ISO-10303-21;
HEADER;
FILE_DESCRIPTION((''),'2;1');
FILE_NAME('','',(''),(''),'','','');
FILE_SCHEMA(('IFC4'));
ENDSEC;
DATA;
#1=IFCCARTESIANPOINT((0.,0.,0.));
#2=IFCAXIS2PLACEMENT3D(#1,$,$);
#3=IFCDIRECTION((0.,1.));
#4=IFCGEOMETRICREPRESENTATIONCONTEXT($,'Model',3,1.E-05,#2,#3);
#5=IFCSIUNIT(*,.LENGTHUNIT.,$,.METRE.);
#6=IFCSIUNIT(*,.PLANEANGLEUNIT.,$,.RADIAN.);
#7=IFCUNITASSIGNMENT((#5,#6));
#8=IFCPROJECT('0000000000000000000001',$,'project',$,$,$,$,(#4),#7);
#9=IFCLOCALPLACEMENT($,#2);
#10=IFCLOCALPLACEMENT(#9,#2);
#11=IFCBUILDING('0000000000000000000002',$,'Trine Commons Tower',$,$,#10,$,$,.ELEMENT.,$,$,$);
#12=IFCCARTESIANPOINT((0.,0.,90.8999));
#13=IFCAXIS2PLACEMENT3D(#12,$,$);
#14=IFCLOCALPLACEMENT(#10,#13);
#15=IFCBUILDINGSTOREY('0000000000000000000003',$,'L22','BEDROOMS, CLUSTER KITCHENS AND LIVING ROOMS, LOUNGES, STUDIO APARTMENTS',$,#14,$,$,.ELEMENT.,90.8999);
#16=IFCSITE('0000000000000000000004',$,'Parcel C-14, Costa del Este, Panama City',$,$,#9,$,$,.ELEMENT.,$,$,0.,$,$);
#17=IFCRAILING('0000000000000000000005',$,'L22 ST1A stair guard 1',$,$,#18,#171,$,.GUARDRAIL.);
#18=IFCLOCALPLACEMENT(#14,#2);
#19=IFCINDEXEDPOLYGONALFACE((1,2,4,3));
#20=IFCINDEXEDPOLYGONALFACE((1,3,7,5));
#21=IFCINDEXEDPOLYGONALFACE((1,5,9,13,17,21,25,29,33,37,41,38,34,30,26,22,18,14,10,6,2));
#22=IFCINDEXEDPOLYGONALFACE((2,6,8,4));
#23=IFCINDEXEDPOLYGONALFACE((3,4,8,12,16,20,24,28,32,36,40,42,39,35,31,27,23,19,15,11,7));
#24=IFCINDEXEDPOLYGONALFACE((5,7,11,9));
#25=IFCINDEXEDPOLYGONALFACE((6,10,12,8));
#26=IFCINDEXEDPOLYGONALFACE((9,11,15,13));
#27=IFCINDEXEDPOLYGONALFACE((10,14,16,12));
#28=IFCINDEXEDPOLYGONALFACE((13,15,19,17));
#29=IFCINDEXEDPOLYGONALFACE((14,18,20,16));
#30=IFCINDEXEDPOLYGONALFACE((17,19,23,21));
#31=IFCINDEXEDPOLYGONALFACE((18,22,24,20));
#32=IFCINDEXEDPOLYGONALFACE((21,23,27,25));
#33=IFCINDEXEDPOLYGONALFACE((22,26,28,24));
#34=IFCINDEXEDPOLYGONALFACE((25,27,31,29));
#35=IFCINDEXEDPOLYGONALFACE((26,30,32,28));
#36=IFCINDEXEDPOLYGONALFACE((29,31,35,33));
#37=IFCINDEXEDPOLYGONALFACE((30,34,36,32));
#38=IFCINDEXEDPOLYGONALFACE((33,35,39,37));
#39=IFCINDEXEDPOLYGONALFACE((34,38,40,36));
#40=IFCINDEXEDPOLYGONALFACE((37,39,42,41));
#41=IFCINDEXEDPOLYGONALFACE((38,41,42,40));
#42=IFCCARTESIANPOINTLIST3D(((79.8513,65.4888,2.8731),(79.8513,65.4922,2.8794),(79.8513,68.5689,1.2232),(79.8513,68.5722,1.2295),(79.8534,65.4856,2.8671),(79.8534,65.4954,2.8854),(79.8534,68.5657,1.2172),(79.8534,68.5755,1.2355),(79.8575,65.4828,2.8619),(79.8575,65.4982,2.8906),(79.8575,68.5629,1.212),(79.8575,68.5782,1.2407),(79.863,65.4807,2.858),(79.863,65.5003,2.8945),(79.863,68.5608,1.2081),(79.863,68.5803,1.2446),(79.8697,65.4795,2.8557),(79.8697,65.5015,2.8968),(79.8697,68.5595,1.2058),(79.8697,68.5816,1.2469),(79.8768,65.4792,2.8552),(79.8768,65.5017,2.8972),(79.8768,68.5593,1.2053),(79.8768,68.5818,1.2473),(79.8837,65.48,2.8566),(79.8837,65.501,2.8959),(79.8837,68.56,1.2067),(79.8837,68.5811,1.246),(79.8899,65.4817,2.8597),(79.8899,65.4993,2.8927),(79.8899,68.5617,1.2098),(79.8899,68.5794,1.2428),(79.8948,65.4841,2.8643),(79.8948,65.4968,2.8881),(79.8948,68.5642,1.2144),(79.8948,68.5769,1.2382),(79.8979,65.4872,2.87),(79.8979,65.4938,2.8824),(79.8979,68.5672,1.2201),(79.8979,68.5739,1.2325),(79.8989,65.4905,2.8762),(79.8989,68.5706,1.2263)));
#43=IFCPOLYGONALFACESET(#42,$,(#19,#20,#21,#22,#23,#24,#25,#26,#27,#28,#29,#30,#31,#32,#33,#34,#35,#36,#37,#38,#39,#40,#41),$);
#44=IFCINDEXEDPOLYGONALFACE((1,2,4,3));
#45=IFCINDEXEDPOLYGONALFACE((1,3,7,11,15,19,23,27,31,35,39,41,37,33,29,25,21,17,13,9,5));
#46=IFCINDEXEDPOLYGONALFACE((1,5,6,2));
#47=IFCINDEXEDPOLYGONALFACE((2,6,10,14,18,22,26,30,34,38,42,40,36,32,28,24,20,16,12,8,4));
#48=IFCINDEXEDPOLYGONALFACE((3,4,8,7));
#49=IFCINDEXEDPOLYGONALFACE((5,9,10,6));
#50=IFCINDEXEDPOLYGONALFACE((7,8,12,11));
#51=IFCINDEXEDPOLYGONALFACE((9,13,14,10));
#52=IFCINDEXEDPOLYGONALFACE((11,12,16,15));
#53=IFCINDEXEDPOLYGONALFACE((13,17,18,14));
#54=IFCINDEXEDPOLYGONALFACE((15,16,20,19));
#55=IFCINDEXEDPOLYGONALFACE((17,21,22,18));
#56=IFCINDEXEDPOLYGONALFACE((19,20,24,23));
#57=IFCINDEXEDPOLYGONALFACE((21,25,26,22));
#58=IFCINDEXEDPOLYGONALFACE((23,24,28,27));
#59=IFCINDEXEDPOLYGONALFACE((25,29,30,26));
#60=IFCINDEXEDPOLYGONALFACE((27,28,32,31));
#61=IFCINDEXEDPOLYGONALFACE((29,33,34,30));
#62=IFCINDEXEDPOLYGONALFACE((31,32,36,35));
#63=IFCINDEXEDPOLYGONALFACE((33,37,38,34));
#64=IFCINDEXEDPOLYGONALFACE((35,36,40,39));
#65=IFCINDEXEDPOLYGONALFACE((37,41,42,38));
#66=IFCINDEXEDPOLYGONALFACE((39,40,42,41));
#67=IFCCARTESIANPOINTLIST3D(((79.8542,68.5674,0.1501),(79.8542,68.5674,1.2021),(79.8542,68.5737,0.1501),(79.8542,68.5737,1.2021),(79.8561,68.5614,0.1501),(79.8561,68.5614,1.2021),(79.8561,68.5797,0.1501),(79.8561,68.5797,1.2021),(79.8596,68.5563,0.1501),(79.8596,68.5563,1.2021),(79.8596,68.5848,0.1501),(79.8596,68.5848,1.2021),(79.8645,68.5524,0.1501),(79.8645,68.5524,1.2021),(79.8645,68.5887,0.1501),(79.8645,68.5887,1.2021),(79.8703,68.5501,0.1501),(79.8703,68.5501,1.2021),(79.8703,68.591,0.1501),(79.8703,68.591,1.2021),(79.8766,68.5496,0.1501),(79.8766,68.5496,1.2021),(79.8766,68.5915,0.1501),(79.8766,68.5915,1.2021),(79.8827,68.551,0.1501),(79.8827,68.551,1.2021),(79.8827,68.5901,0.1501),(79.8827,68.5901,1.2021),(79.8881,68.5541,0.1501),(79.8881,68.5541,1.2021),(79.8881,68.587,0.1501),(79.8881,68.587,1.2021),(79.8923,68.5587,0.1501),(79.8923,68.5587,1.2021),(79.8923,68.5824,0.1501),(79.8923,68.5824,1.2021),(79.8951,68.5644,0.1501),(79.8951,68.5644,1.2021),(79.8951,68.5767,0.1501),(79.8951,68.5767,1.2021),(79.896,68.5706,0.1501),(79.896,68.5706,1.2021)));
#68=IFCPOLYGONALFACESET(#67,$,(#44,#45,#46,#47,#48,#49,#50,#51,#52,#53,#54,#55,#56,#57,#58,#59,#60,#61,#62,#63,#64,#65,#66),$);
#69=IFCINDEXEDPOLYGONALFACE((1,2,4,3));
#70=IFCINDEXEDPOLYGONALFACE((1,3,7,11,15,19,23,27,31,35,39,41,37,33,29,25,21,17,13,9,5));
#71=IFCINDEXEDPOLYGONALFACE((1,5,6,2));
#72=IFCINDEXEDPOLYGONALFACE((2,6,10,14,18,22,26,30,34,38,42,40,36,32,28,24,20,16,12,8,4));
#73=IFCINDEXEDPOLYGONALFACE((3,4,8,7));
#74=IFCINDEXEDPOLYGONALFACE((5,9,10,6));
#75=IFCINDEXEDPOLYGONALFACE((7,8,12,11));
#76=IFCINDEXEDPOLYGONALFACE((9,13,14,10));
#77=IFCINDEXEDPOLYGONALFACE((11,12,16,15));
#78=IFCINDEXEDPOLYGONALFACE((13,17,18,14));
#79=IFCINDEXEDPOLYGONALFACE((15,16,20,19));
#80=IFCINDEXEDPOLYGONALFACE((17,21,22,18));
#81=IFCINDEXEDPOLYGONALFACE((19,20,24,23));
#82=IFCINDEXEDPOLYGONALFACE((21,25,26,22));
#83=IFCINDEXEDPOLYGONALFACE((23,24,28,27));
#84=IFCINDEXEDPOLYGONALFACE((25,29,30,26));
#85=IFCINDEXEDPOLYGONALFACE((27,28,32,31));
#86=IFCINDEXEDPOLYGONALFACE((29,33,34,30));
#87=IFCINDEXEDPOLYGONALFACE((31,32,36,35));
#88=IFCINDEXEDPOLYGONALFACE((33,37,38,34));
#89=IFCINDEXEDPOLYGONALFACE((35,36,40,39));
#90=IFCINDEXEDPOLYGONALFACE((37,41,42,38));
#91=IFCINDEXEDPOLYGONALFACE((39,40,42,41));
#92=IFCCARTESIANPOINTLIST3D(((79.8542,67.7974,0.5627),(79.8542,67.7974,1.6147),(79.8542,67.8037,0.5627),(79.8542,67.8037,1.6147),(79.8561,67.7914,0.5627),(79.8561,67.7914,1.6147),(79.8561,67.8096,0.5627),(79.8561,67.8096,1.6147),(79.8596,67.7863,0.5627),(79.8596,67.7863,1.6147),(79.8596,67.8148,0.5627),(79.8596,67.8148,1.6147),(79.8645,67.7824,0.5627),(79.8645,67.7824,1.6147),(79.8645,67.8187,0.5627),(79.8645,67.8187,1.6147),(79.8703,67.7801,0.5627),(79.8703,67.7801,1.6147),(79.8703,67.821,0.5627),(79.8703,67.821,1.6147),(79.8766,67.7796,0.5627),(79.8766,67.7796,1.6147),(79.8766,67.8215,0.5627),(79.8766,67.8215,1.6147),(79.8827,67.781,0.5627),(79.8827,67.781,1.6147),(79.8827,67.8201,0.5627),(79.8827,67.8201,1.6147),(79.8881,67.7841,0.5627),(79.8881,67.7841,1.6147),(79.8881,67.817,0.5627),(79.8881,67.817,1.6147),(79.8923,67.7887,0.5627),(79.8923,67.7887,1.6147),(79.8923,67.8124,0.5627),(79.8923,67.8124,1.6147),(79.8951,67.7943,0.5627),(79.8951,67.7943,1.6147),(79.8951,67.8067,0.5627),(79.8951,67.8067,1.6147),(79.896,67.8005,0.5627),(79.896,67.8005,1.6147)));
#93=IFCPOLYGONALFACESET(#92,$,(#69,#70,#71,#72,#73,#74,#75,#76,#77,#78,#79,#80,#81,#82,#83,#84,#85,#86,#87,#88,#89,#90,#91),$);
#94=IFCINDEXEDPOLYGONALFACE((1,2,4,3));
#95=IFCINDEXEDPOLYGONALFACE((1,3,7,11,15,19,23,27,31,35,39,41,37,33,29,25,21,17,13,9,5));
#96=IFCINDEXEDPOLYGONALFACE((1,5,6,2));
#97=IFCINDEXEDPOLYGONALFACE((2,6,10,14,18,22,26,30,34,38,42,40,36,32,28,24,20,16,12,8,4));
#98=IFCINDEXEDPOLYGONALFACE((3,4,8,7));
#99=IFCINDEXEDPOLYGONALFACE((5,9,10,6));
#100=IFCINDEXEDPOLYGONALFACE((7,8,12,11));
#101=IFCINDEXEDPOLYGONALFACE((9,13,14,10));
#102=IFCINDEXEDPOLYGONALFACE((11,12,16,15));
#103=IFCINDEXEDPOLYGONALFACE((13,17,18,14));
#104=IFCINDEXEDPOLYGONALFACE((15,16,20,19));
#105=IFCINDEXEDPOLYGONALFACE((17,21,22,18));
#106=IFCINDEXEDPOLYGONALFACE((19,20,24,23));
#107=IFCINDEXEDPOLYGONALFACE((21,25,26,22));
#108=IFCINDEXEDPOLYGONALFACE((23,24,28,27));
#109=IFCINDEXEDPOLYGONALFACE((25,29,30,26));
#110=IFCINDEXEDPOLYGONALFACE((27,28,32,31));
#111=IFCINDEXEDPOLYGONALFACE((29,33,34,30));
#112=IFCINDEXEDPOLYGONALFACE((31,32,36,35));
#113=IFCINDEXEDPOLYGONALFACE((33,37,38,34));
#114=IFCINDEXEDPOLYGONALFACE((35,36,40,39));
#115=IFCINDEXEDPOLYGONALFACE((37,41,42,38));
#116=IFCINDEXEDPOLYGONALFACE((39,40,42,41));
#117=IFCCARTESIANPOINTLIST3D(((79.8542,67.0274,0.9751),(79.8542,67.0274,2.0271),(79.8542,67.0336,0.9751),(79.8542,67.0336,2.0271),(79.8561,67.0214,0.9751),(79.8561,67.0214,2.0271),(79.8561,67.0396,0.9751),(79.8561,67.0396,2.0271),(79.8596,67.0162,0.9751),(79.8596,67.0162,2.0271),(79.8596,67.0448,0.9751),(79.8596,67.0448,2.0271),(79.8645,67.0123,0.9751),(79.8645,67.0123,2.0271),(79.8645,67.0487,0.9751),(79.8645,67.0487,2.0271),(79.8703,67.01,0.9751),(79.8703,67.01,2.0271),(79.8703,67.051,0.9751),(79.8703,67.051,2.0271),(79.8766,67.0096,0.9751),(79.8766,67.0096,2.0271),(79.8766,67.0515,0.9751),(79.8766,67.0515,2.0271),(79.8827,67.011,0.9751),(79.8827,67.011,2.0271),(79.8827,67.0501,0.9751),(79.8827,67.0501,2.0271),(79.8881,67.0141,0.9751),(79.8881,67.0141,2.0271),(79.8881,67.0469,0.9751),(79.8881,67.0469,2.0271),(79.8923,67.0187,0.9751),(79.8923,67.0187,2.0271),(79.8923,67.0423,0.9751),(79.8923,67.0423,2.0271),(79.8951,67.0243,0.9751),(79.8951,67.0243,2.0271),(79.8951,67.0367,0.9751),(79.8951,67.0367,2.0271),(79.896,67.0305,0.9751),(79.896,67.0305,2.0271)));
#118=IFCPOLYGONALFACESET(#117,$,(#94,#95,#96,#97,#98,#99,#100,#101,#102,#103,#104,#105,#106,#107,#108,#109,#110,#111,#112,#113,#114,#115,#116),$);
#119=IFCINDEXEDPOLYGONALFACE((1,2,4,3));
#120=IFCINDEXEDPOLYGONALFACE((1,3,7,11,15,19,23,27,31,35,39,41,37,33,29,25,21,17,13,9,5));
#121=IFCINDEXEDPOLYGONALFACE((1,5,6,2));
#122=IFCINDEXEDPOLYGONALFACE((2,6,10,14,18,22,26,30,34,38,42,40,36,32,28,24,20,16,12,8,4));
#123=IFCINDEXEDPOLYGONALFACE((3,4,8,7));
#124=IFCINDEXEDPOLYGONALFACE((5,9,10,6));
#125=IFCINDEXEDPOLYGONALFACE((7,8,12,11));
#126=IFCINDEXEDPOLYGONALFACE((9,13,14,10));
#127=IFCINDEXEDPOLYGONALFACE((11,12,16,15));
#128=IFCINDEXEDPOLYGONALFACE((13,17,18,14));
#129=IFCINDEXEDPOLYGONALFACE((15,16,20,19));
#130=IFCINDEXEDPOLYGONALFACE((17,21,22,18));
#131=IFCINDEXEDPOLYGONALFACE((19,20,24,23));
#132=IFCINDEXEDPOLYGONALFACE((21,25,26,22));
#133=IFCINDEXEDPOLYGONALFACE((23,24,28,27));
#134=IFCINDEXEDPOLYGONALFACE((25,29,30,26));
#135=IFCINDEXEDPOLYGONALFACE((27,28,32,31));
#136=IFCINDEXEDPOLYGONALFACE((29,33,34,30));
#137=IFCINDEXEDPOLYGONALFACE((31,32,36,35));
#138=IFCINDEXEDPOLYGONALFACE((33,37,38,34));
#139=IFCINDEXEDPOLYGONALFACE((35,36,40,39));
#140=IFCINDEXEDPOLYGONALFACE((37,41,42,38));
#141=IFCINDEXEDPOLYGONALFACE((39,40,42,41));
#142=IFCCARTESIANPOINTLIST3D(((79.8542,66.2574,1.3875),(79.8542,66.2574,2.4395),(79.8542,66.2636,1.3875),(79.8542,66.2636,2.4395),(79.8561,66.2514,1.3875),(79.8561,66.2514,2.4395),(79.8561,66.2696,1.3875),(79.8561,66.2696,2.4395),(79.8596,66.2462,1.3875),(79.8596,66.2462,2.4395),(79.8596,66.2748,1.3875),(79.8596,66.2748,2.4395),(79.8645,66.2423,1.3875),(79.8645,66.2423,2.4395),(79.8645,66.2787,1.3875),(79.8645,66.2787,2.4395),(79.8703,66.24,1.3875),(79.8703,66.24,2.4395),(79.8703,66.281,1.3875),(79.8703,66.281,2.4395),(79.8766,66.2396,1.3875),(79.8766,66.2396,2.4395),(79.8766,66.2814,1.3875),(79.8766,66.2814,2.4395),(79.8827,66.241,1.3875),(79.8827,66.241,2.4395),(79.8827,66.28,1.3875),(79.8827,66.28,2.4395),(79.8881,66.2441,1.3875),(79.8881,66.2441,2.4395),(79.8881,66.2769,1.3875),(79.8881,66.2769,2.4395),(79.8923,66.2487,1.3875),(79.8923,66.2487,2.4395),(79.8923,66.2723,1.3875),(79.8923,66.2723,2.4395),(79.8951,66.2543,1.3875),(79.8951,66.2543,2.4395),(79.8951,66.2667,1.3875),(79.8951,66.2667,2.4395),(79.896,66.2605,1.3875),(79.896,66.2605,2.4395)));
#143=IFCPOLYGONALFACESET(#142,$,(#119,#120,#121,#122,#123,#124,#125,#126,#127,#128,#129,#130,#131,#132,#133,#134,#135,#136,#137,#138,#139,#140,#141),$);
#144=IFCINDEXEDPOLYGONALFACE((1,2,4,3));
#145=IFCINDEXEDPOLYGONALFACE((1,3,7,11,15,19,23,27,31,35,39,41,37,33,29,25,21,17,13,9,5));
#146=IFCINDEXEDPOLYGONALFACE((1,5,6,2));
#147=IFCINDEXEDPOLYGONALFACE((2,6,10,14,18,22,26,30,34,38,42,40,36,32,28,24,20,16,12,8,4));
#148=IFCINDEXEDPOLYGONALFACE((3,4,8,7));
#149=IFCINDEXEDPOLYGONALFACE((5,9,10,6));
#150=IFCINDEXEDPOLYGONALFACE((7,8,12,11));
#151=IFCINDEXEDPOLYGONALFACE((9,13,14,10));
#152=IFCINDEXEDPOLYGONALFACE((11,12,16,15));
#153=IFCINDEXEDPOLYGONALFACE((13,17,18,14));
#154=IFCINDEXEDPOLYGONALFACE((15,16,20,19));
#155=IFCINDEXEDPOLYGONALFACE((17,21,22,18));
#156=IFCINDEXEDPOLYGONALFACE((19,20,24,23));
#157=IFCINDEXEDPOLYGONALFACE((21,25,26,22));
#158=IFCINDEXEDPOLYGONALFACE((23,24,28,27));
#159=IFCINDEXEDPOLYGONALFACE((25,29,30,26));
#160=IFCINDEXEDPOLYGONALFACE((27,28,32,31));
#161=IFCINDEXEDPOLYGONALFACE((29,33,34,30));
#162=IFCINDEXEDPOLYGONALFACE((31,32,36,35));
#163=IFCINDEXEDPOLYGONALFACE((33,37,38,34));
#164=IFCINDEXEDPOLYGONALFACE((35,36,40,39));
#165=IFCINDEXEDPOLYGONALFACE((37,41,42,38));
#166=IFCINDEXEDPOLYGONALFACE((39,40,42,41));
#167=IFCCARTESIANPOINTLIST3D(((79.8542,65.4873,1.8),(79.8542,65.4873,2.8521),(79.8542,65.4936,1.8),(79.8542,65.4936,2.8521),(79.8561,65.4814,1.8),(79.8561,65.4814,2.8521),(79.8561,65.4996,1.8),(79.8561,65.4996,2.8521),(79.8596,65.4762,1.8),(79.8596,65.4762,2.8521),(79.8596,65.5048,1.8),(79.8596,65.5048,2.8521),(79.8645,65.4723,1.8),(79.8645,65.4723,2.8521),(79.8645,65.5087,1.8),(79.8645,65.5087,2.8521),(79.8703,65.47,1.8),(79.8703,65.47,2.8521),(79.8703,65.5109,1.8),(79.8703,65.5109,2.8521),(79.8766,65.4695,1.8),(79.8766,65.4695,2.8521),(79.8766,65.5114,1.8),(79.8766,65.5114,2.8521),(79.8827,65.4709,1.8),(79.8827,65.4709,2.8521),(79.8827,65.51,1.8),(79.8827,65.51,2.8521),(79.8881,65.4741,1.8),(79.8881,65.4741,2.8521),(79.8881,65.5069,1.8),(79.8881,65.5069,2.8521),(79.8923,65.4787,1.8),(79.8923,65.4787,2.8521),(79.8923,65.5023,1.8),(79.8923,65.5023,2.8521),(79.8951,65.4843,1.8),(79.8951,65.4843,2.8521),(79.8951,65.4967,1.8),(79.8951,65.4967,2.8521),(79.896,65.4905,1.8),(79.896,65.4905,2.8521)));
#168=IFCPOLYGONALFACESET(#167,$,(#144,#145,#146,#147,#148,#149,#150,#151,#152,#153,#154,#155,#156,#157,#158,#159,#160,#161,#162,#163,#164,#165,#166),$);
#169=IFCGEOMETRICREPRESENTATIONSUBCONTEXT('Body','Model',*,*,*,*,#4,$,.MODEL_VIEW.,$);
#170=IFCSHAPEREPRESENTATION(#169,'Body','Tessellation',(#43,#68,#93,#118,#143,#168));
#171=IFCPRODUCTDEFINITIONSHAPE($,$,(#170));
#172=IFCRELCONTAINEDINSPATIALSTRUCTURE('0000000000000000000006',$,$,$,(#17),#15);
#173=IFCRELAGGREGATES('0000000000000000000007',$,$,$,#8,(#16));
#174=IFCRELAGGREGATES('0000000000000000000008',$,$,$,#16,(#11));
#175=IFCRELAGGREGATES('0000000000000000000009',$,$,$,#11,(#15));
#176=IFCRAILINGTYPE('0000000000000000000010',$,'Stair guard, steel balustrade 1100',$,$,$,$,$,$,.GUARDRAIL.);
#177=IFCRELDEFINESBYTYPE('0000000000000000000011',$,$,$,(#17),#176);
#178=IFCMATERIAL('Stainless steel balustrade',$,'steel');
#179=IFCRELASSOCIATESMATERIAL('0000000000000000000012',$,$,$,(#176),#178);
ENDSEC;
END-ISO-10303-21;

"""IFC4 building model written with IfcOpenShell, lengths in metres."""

from ifc_helpers import new_model, si_unit, direction, frame, origin, origin_2d, place, context, subcontext, project, spatial, circle, extrude, material, type_object, element, save


model = new_model("IFC4")

# Units and contexts
model_context = context("Model", 3, precision=1e-05, world=origin(), true_north=direction((0.0, 1.0)))
body_context = subcontext(model_context, "Body", "Model", "MODEL_VIEW")
ifc_project = project(units=[si_unit("LENGTHUNIT", "METRE"), si_unit("PLANEANGLEUNIT", "RADIAN")], contexts=[model_context])

# Site, building, storey
site_placement = place(None, origin())
site = spatial("IfcSite", under=ifc_project, at=site_placement, Name="Parcel C-14, Costa del Este, Panama City", CompositionType="ELEMENT", RefElevation=0.0)
building_placement = place(site_placement, origin())
building = spatial("IfcBuilding", under=site, at=building_placement, Name="Trine Commons Tower", CompositionType="ELEMENT")
storey_placement = place(building_placement, frame((0.0, 0.0, 90.8999)))
storey = spatial("IfcBuildingStorey", under=building, at=storey_placement, Name="L22", Description="BEDROOMS, CLUSTER KITCHENS AND LIVING ROOMS, LOUNGES, STUDIO APARTMENTS", CompositionType="ELEMENT", Elevation=90.8999)

# Railing
ifc_material_1 = material(Name="Stainless steel balustrade", Category="steel")
railing_type_1 = type_object("IfcRailingType", Name="Stair guard, steel balustrade 1100", PredefinedType="GUARDRAIL", material=ifc_material_1)
railing_1_placement = place(storey_placement, frame((79.875, 68.5706, 0.1501)))
element("IfcRailing", 1, at=railing_1_placement, inside=storey, type_object=railing_type_1, Name="L22 ST1A stair guard 1", PredefinedType="GUARDRAIL", context=body_context, shape_type="SweptSolid", body=[
    extrude(circle(Radius=0.0239, at=origin_2d()), frame((0.0, 0.0, 1.0762), z_axis=(0.0, -0.881497, 0.47219), x_axis=(1.0, 0.0, 0.0)), (0.0, 0.0, 1.0), 3.4941),
    extrude(circle(Radius=0.021, at=origin_2d()), origin(), (0.0, 0.0, 1.0), 1.052),
    extrude(circle(Radius=0.021, at=origin_2d()), frame((0.0, -0.77, 0.4126)), (0.0, 0.0, 1.0), 1.052),
    extrude(circle(Radius=0.021, at=origin_2d()), frame((0.0, -1.54, 0.825)), (0.0, 0.0, 1.0), 1.052),
    extrude(circle(Radius=0.021, at=origin_2d()), frame((0.0, -2.3101, 1.2373)), (0.0, 0.0, 1.0), 1.052),
    extrude(circle(Radius=0.021, at=origin_2d()), frame((0.0, -3.0801, 1.6499)), (0.0, 0.0, 1.0), 1.052),
])

save(model, "model.ifc")
